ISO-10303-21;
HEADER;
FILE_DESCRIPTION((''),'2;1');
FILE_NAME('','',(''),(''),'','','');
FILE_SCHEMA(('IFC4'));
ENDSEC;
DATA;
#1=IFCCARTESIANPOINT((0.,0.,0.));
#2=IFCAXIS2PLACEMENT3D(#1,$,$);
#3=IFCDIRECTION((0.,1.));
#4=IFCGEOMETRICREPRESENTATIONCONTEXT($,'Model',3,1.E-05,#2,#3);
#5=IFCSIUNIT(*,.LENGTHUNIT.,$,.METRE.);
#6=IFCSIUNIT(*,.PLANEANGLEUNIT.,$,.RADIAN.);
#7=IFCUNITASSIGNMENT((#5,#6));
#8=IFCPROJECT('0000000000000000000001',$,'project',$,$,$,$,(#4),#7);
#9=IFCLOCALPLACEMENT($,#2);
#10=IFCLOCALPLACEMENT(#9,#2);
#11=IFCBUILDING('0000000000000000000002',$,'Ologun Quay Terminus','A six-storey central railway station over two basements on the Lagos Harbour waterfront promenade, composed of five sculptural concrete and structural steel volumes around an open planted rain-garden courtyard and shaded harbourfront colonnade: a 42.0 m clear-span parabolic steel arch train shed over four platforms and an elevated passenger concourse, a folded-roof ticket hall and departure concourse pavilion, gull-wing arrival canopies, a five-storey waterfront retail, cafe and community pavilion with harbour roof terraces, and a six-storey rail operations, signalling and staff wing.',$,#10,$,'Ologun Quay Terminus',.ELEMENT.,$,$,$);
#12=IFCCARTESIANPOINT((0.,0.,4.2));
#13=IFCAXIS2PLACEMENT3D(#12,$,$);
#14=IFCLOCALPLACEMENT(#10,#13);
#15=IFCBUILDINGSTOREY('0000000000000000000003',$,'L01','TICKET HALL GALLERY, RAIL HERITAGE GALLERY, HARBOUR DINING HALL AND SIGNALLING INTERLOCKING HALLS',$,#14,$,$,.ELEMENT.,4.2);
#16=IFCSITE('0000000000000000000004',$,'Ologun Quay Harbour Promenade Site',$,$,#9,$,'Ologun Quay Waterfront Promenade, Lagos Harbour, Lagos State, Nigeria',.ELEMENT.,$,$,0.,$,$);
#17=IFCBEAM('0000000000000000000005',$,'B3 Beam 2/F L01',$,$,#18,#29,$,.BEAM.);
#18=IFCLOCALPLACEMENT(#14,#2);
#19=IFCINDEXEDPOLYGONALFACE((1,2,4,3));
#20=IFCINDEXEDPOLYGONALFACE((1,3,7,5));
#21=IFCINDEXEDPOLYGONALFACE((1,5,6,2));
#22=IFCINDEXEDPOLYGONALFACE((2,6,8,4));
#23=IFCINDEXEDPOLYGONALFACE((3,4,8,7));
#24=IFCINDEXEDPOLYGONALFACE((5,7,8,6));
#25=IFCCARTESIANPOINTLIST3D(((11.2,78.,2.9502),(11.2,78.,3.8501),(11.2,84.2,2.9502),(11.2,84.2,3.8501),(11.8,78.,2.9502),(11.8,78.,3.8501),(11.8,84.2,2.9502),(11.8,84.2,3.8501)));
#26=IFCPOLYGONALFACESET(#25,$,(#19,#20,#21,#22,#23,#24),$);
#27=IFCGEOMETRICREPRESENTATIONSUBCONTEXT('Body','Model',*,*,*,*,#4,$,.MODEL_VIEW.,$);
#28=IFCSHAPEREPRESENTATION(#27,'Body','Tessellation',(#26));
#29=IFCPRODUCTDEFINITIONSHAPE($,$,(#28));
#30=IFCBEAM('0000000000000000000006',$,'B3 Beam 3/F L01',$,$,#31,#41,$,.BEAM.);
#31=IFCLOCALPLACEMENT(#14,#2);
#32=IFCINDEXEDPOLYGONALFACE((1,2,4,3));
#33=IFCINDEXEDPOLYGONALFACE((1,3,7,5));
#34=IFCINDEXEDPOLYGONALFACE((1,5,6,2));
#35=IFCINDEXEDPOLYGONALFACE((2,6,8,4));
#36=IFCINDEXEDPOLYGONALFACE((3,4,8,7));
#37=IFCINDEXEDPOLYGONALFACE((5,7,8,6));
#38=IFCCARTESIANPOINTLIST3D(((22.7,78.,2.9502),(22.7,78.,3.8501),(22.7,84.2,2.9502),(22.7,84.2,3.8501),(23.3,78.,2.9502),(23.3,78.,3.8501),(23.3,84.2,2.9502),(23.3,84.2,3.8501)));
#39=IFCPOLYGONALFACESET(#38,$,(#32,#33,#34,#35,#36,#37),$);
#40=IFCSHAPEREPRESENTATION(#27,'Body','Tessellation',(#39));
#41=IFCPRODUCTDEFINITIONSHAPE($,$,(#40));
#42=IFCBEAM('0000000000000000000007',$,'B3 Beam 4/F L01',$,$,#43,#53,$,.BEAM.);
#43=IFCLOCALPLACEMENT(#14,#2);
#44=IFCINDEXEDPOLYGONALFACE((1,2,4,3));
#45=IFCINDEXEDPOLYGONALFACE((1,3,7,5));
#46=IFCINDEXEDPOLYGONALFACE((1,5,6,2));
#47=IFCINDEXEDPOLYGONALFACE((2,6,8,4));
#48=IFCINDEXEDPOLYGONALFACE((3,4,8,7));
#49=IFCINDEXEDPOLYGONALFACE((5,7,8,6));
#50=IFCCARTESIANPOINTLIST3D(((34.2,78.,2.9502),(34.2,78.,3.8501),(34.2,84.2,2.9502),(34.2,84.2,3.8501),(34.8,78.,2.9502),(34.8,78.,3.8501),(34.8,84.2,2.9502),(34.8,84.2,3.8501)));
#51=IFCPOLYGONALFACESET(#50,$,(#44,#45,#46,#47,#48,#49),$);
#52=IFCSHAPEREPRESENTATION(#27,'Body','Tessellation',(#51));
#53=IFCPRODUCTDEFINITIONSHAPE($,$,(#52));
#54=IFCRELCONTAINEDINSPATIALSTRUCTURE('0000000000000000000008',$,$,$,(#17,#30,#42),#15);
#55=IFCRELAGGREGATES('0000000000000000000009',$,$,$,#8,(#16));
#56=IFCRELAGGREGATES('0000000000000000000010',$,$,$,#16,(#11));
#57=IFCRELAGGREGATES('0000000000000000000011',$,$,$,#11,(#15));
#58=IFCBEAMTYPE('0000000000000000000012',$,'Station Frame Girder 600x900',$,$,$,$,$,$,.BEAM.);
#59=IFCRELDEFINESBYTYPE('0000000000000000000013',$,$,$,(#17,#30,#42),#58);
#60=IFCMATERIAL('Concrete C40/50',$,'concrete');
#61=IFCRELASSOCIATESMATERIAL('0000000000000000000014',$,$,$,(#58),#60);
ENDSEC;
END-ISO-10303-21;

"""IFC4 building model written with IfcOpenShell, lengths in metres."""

from ifc_helpers import new_model, si_unit, direction, frame, origin, origin_2d, place, context, subcontext, project, spatial, rectangle, extrude, material, material_profile, profile_set, type_object, element, save


model = new_model("IFC4")

# Units and contexts
model_context = context("Model", 3, precision=1e-05, world=origin(), true_north=direction((0.0, 1.0)))
body_context = subcontext(model_context, "Body", "Model", "MODEL_VIEW")
ifc_project = project(units=[si_unit("LENGTHUNIT", "METRE"), si_unit("PLANEANGLEUNIT", "RADIAN")], contexts=[model_context])

# Site, building, storey
site_placement = place(None, origin())
site = spatial("IfcSite", under=ifc_project, at=site_placement, Name="Ologun Quay Harbour Promenade Site", LongName="Ologun Quay Waterfront Promenade, Lagos Harbour, Lagos State, Nigeria", CompositionType="ELEMENT", RefElevation=0.0)
building_placement = place(site_placement, origin())
building = spatial("IfcBuilding", under=site, at=building_placement, Name="Ologun Quay Terminus", Description="A six-storey central railway station over two basements on the Lagos Harbour waterfront promenade, composed of five sculptural concrete and structural steel volumes around an open planted rain-garden courtyard and shaded harbourfront colonnade: a 42.0 m clear-span parabolic steel arch train shed over four platforms and an elevated passenger concourse, a folded-roof ticket hall and departure concourse pavilion, gull-wing arrival canopies, a five-storey waterfront retail, cafe and community pavilion with harbour roof terraces, and a six-storey rail operations, signalling and staff wing.", LongName="Ologun Quay Terminus", CompositionType="ELEMENT")
storey_placement = place(building_placement, frame((0.0, 0.0, 4.2)))
storey = spatial("IfcBuildingStorey", under=building, at=storey_placement, Name="L01", Description="TICKET HALL GALLERY, RAIL HERITAGE GALLERY, HARBOUR DINING HALL AND SIGNALLING INTERLOCKING HALLS", CompositionType="ELEMENT", Elevation=4.2)

# Beams
ifc_material_1 = material(Name="Concrete C40/50", Category="concrete")
ifc_material_profile_1 = material_profile(ifc_material_1, rectangle(XDim=0.6001, YDim=0.8999, at=origin_2d()), Name="RC 600x900")
ifc_profile_set_1 = profile_set([ifc_material_profile_1], Name="Concrete C40/50")
beam_type_1 = type_object("IfcBeamType", Name="Station Frame Girder 600x900", PredefinedType="BEAM", material=ifc_profile_set_1)
for number, where, z_axis, x_axis, name in (
    (1, (11.5, 78.0, 3.4001), (0.0, 1.0, 0.0), (-1.0, 0.0, 0.0), "B3 Beam 2/F L01"),
    (2, (23.0, 78.0, 3.4001), (0.0, 1.0, 0.0), (-1.0, 0.0, 0.0), "B3 Beam 3/F L01"),
    (3, (34.5, 78.0, 3.4001), (0.0, 1.0, 0.0), (-1.0, 0.0, 0.0), "B3 Beam 4/F L01"),
):
    element("IfcBeam", number, at=place(storey_placement, frame(where, z_axis=z_axis, x_axis=x_axis)), inside=storey, type_object=beam_type_1, Name=name, PredefinedType="BEAM", context=body_context, shape_type="SweptSolid", body=[
        extrude(rectangle(XDim=0.6001, YDim=0.8999, at=origin_2d()), origin(), (0.0, 0.0, 1.0), 6.2),
    ])

save(model, "model.ifc")
